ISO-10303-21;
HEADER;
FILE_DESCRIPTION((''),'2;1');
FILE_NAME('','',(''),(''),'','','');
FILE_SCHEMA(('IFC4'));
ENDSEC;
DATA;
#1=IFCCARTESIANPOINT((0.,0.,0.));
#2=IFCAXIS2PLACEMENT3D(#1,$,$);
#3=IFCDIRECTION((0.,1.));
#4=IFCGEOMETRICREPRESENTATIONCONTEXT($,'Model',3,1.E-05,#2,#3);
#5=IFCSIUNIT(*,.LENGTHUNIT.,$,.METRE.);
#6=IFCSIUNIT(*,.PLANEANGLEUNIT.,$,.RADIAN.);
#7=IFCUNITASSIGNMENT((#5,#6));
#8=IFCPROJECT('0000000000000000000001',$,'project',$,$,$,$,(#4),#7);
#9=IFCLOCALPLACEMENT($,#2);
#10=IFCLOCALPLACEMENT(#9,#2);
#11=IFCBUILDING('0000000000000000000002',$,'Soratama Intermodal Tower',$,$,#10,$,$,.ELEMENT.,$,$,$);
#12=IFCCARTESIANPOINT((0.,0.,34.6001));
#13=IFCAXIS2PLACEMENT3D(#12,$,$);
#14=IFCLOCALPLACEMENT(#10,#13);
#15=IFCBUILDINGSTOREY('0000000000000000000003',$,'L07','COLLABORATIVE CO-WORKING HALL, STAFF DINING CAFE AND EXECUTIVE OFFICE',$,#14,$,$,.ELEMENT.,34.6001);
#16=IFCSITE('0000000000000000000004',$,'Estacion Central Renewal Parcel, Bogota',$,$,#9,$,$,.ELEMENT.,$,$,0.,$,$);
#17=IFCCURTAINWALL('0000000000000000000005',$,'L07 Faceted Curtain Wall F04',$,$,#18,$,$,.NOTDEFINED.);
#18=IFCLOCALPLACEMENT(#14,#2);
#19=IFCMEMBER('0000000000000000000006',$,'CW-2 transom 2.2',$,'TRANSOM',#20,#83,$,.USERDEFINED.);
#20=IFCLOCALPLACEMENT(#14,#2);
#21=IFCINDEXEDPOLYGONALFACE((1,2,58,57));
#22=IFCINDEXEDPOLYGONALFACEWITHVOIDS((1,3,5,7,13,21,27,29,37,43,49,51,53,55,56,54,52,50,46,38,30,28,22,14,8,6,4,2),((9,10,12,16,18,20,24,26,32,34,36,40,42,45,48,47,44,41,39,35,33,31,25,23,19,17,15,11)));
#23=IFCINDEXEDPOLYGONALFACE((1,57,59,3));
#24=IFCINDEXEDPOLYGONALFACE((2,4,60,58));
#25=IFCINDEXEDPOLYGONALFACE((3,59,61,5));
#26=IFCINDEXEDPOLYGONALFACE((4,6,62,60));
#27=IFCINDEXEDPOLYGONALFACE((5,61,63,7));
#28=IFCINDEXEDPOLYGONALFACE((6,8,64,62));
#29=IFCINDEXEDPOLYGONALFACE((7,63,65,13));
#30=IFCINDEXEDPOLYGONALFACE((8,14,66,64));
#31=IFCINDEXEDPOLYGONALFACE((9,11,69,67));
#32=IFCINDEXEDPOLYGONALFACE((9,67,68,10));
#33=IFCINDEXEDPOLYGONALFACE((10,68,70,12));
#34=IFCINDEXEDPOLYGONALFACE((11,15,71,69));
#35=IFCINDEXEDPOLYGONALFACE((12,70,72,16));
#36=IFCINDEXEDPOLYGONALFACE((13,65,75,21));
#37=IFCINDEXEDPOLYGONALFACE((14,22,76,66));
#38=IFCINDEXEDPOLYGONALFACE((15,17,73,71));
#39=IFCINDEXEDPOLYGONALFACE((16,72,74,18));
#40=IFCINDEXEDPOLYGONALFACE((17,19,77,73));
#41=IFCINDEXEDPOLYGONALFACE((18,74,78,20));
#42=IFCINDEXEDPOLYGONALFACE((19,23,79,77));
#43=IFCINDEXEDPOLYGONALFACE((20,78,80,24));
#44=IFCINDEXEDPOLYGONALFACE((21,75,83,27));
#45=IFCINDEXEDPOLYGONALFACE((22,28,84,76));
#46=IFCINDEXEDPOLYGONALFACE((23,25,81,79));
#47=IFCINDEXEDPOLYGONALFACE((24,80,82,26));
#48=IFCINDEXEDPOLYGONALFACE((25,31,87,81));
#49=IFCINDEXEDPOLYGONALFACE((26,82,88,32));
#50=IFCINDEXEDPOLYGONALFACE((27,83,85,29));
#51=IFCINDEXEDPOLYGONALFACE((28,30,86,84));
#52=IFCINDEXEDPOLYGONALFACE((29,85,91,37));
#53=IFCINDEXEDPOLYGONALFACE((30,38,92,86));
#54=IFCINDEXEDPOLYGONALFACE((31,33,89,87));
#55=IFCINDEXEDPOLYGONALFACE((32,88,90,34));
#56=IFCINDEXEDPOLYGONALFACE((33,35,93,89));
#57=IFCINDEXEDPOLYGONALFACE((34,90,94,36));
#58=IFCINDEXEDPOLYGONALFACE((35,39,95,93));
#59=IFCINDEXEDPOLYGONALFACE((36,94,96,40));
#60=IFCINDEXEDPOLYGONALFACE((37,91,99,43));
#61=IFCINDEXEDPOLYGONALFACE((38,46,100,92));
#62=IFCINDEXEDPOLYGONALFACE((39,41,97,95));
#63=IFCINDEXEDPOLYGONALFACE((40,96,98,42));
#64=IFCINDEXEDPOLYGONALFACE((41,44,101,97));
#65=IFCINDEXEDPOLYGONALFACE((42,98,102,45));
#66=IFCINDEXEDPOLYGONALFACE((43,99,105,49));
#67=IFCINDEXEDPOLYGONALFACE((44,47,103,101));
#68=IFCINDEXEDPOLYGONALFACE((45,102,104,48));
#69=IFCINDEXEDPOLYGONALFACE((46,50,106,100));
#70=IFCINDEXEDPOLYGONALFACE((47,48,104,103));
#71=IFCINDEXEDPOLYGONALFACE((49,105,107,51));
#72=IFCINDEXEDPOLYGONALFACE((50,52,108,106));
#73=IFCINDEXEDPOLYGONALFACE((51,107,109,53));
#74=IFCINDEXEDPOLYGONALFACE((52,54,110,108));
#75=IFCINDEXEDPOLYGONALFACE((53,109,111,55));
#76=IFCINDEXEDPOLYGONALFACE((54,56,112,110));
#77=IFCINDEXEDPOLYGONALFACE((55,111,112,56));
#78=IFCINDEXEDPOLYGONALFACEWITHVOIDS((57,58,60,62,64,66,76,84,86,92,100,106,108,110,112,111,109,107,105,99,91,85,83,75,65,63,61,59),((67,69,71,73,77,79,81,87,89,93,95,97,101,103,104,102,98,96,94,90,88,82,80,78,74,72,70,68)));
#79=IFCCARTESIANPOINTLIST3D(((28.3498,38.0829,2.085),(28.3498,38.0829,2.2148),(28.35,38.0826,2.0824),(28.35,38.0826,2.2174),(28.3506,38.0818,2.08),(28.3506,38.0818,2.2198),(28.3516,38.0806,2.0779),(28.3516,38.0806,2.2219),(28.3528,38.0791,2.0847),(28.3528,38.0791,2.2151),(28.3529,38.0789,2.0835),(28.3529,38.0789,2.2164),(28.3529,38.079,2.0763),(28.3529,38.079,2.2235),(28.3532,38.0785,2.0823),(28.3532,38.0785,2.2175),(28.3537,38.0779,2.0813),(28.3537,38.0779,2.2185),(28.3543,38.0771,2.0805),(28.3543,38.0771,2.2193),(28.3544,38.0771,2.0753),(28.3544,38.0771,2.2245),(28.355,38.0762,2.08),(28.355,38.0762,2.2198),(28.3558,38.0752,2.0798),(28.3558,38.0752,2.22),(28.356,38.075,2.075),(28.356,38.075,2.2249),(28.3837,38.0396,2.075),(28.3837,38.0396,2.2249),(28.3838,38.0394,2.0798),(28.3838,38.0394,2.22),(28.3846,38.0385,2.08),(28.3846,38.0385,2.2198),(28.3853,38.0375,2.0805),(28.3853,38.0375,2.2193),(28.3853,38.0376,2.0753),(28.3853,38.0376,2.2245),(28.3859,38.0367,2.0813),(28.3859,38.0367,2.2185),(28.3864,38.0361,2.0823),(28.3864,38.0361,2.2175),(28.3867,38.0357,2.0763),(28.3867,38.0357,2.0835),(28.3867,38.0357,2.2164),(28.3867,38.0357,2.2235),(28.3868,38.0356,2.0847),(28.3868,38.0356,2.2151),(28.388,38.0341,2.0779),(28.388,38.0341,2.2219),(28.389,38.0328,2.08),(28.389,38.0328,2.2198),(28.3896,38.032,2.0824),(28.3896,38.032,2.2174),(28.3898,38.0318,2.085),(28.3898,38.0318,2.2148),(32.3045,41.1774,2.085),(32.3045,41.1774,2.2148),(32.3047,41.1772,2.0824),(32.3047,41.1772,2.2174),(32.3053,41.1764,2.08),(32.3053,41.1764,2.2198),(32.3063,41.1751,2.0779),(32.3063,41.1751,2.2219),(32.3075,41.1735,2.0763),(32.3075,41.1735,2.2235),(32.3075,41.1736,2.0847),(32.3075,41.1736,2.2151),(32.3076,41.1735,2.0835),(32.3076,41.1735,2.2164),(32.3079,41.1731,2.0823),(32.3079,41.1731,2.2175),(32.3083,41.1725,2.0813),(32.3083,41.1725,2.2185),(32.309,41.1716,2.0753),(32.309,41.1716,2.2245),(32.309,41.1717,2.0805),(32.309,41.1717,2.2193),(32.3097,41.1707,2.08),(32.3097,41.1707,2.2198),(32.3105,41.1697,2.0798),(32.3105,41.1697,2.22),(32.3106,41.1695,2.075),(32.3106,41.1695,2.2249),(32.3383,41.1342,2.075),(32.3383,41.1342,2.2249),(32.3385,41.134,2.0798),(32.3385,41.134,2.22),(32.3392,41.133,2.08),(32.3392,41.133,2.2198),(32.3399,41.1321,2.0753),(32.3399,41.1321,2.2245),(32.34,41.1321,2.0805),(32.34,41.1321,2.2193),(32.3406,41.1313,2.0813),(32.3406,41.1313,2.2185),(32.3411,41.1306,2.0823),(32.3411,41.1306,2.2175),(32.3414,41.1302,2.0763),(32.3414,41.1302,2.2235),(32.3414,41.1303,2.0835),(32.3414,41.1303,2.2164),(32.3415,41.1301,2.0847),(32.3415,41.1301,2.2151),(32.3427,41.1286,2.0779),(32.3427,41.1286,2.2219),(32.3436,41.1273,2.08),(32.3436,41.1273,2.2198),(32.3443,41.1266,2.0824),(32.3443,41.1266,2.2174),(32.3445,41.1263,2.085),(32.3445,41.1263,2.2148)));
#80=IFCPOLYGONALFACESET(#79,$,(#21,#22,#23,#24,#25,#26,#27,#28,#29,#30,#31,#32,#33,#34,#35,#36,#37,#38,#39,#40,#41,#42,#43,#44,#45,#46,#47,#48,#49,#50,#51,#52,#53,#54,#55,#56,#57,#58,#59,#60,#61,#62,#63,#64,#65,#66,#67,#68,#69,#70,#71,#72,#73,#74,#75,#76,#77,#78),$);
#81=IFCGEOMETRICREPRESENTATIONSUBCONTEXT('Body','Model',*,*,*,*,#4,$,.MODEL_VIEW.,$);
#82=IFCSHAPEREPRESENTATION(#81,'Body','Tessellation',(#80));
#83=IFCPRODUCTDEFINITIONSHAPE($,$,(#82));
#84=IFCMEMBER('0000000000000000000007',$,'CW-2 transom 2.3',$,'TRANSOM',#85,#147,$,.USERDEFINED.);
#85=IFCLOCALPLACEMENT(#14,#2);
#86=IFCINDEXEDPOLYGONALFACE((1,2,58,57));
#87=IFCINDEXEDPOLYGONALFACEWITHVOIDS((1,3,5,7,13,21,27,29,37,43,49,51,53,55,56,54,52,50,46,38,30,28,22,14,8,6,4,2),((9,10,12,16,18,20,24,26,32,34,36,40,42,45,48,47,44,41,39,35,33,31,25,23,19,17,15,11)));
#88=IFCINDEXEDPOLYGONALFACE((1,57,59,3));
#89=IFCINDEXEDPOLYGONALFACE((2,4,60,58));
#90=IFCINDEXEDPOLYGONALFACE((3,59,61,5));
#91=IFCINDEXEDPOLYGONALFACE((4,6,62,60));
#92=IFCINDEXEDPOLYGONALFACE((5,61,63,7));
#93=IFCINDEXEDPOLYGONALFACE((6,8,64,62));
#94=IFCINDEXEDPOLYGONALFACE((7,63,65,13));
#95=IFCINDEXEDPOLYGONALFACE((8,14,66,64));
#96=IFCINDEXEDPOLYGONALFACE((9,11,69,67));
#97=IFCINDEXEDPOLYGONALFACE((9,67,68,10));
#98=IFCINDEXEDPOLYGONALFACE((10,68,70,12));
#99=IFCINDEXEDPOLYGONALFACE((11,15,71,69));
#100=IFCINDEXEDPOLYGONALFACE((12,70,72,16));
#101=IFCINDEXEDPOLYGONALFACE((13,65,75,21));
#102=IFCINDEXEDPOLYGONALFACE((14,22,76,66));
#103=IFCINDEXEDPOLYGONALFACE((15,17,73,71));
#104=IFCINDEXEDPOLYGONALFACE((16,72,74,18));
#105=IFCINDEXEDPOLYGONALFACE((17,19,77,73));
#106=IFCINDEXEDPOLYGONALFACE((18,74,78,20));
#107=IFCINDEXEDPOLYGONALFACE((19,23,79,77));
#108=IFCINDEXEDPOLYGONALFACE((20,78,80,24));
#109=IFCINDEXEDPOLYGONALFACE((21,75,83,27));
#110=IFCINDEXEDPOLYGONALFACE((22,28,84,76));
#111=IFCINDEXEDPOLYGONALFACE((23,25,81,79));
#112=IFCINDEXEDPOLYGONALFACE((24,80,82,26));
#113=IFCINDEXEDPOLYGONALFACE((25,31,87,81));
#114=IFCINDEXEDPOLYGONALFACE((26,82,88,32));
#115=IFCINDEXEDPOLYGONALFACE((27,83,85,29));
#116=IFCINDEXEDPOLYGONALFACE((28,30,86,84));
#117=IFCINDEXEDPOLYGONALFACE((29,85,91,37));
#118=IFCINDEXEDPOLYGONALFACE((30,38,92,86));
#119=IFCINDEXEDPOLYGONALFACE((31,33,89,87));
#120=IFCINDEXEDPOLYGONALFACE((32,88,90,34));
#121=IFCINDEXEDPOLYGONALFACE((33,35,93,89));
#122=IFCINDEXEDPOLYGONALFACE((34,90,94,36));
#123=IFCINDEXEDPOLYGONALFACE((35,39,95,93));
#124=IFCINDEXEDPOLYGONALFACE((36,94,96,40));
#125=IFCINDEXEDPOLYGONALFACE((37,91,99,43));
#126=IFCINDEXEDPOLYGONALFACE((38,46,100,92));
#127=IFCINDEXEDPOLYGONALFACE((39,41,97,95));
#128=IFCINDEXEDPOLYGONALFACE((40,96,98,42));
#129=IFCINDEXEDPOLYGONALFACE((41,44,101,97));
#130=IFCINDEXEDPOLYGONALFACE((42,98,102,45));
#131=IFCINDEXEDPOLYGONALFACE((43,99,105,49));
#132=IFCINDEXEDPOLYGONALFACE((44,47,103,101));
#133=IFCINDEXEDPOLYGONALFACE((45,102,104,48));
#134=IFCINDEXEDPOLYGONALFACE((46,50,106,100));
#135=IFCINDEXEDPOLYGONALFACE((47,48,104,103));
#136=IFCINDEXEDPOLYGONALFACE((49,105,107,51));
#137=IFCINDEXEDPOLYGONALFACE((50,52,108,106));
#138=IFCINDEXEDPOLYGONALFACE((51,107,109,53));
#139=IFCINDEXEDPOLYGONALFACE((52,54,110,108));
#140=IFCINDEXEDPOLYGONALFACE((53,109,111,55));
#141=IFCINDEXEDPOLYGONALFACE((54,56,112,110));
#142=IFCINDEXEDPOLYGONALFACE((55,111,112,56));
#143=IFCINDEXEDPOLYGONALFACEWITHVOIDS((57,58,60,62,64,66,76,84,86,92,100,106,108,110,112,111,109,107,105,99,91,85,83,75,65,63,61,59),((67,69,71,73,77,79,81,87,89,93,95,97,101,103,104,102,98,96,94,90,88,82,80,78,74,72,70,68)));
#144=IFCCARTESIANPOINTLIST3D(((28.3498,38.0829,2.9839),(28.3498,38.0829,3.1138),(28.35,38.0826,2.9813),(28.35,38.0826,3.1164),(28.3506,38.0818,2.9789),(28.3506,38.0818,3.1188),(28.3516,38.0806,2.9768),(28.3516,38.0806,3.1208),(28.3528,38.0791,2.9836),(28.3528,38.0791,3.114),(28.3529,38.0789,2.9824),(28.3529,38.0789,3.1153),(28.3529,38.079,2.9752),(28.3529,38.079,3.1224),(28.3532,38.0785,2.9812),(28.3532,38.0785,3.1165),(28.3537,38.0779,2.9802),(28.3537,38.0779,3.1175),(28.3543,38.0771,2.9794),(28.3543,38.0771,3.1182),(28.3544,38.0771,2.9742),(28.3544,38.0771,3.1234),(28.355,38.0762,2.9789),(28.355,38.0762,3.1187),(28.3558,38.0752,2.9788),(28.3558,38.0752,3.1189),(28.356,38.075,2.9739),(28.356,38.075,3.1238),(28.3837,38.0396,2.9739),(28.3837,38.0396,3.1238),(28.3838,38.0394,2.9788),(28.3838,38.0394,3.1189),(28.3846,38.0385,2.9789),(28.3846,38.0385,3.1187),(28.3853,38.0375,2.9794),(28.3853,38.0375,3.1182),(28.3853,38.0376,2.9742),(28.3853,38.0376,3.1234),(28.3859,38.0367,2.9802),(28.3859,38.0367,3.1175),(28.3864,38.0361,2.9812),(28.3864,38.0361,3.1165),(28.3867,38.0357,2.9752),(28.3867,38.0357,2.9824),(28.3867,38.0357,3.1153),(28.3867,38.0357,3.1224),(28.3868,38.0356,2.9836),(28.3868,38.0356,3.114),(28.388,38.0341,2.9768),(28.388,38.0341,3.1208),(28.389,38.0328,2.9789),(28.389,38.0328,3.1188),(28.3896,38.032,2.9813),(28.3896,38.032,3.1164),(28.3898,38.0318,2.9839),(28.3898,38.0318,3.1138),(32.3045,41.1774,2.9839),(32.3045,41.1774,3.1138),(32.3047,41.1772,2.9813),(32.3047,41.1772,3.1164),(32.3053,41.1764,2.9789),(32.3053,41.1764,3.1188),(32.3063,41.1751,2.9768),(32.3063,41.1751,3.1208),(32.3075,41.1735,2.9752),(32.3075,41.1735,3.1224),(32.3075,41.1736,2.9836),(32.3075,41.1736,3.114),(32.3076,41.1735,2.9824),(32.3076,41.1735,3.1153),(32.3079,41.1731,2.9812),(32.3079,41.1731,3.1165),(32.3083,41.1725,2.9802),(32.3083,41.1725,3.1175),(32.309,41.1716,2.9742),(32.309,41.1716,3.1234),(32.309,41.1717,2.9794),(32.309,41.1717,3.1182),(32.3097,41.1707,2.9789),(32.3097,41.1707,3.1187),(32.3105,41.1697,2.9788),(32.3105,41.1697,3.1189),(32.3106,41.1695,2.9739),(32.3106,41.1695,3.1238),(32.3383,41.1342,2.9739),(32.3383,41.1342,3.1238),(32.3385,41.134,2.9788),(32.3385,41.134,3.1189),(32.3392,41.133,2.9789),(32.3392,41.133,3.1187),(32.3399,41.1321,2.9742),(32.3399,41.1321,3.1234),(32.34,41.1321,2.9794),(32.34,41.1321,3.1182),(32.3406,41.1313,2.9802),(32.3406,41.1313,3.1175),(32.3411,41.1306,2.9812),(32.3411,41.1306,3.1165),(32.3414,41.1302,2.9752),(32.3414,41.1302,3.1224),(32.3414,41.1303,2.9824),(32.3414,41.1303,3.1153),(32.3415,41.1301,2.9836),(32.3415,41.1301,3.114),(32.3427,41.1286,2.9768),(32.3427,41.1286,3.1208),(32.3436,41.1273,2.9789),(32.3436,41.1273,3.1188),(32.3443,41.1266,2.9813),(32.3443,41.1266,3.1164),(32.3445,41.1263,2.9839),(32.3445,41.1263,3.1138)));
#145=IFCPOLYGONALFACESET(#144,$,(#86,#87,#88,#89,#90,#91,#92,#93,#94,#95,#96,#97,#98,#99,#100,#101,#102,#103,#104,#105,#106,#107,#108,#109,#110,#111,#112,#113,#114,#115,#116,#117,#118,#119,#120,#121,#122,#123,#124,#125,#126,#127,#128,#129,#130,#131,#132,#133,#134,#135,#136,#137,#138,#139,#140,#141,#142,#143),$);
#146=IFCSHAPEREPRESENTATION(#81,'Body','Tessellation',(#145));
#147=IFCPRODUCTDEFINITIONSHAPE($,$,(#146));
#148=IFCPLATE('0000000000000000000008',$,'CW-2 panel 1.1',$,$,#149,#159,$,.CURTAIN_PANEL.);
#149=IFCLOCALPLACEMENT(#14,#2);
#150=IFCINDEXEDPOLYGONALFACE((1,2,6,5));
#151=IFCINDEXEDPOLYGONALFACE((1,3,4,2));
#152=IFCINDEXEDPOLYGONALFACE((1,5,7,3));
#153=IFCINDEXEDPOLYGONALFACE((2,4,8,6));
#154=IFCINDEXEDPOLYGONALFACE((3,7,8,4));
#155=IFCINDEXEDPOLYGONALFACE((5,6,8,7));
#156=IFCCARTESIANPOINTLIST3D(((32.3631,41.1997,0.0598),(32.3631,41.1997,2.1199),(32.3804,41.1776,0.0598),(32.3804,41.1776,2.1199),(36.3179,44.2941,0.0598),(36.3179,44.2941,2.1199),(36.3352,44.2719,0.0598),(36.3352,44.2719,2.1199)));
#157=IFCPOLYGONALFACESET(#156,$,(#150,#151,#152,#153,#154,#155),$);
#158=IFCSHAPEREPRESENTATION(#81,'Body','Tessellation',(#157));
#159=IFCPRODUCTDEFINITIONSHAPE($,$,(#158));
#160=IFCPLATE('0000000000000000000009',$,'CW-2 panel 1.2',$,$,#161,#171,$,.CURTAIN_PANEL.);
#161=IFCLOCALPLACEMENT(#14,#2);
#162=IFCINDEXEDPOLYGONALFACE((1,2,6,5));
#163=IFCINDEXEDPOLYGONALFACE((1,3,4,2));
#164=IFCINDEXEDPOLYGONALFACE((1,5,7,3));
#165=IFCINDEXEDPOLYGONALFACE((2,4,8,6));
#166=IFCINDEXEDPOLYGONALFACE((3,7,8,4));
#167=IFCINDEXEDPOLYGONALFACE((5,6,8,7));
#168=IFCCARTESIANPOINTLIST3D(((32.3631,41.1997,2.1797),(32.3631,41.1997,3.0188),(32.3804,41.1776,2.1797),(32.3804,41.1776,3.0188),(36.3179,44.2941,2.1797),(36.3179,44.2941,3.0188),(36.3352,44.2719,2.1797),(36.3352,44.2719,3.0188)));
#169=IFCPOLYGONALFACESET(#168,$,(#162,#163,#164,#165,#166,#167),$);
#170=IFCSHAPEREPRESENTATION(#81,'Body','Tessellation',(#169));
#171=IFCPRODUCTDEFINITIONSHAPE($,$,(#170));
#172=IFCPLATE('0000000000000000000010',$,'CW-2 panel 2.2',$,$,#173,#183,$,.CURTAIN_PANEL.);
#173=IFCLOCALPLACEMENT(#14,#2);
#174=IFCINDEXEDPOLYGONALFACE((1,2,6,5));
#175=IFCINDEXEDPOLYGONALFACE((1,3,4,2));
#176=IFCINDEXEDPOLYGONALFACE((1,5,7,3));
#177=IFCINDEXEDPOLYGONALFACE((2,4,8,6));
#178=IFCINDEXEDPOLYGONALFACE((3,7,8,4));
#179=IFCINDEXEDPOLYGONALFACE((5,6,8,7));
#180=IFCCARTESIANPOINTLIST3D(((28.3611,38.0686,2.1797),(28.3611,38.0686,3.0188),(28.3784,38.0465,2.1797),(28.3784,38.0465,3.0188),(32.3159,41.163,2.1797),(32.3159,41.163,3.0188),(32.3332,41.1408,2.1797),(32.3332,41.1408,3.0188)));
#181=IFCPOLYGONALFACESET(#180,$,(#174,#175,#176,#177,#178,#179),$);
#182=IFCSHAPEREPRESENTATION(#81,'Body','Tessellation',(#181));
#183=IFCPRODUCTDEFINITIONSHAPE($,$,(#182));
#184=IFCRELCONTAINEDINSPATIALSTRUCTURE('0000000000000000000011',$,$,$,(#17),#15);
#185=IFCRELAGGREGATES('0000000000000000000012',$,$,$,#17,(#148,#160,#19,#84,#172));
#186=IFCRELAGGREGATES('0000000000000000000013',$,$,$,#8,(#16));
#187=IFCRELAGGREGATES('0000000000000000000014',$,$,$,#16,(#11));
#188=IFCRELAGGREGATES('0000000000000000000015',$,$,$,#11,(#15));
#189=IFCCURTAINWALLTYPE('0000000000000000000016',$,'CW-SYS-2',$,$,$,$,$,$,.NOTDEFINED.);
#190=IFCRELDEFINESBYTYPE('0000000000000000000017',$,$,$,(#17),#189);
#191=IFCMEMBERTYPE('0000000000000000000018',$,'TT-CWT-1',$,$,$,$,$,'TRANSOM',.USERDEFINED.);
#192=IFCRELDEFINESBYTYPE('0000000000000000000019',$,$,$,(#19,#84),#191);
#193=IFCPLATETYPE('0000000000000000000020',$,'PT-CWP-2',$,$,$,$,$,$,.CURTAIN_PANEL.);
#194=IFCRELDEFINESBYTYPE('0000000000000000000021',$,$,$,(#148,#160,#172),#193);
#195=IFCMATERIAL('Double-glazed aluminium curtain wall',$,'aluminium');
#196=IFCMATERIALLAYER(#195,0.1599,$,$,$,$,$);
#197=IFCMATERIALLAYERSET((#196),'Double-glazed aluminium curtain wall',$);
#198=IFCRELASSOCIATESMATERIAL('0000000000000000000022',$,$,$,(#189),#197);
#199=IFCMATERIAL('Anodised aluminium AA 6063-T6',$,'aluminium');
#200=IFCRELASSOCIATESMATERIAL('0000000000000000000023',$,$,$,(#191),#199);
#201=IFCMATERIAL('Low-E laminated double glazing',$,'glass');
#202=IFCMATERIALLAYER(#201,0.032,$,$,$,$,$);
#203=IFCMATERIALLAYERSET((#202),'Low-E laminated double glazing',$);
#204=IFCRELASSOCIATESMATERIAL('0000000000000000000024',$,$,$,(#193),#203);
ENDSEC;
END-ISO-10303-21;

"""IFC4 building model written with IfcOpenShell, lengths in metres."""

from ifc_helpers import new_model, si_unit, direction, frame, origin, origin_2d, place, context, subcontext, project, spatial, rectangle, hollow_rectangle, extrude, material, layer, layer_set, material_profile, profile_set, type_object, element, aggregate, save


model = new_model("IFC4")

# Units and contexts
model_context = context("Model", 3, precision=1e-05, world=origin(), true_north=direction((0.0, 1.0)))
body_context = subcontext(model_context, "Body", "Model", "MODEL_VIEW")
ifc_project = project(units=[si_unit("LENGTHUNIT", "METRE"), si_unit("PLANEANGLEUNIT", "RADIAN")], contexts=[model_context])

# Site, building, storey
site_placement = place(None, origin())
site = spatial("IfcSite", under=ifc_project, at=site_placement, Name="Estacion Central Renewal Parcel, Bogota", CompositionType="ELEMENT", RefElevation=0.0)
building_placement = place(site_placement, origin())
building = spatial("IfcBuilding", under=site, at=building_placement, Name="Soratama Intermodal Tower", CompositionType="ELEMENT")
storey_placement = place(building_placement, frame((0.0, 0.0, 34.6001)))
storey = spatial("IfcBuildingStorey", under=building, at=storey_placement, Name="L07", Description="COLLABORATIVE CO-WORKING HALL, STAFF DINING CAFE AND EXECUTIVE OFFICE", CompositionType="ELEMENT", Elevation=34.6001)

# Curtain wall, members, plates
ifc_material_1 = material(Name="Double-glazed aluminium curtain wall", Category="aluminium")
ifc_layer_1 = layer(ifc_material_1, 0.1599)
ifc_layer_set_1 = layer_set([ifc_layer_1], Name="Double-glazed aluminium curtain wall")
curtain_wall_type = type_object("IfcCurtainWallType", Name="CW-SYS-2", PredefinedType="NOTDEFINED", material=ifc_layer_set_1)
curtain_wall_placement = place(storey_placement, origin())
curtain_wall = element("IfcCurtainWall", 1, at=curtain_wall_placement, inside=storey, type_object=curtain_wall_type, Name="L07 Faceted Curtain Wall F04", PredefinedType="NOTDEFINED")
ifc_material_2 = material(Name="Anodised aluminium AA 6063-T6", Category="aluminium")
ifc_material_profile_1 = material_profile(ifc_material_2, hollow_rectangle(XDim=0.0649, YDim=0.1499, WallThickness=0.0049, InnerFilletRadius=0.0049, OuterFilletRadius=0.01, at=origin_2d()), Name="CWT150X65X5")
ifc_profile_set_1 = profile_set([ifc_material_profile_1], Name="Anodised aluminium AA 6063-T6")
member_type_1 = type_object("IfcMemberType", Name="TT-CWT-1", ElementType="TRANSOM", PredefinedType="USERDEFINED", material=ifc_profile_set_1)
member_1_placement = place(storey_placement, frame((32.3245, 41.1519, 2.1499), z_axis=(-0.787545, -0.616257, 0.0), x_axis=(0.616257, -0.787545, 0.0)))
member_1 = element("IfcMember", 2, at=member_1_placement, type_object=member_type_1, Name="CW-2 transom 2.2", ObjectType="TRANSOM", PredefinedType="USERDEFINED", context=body_context, shape_type="SweptSolid", body=[
    extrude(hollow_rectangle(XDim=0.0649, YDim=0.1499, WallThickness=0.0049, InnerFilletRadius=0.0049, OuterFilletRadius=0.01, at=origin_2d()), origin(), (0.0, 0.0, 1.0), 5.0215),
])
member_2_placement = place(storey_placement, frame((32.3245, 41.1519, 3.0488), z_axis=(-0.787545, -0.616257, 0.0), x_axis=(0.616257, -0.787545, 0.0)))
member_2 = element("IfcMember", 3, at=member_2_placement, type_object=member_type_1, Name="CW-2 transom 2.3", ObjectType="TRANSOM", PredefinedType="USERDEFINED", context=body_context, shape_type="SweptSolid", body=[
    extrude(hollow_rectangle(XDim=0.0649, YDim=0.1499, WallThickness=0.0049, InnerFilletRadius=0.0049, OuterFilletRadius=0.01, at=origin_2d()), origin(), (0.0, 0.0, 1.0), 5.0215),
])
ifc_material_3 = material(Name="Low-E laminated double glazing", Category="glass")
ifc_layer_2 = layer(ifc_material_3, 0.032)
ifc_layer_set_2 = layer_set([ifc_layer_2], Name="Low-E laminated double glazing")
plate_type = type_object("IfcPlateType", Name="PT-CWP-2", PredefinedType="CURTAIN_PANEL", material=ifc_layer_set_2)
plate_1_placement = place(storey_placement, frame((34.3491, 42.7358, 0.0598), z_axis=(0.0, 0.0, 1.0), x_axis=(-0.787576, -0.616218, 0.0)))
plate_1 = element("IfcPlate", 4, at=plate_1_placement, type_object=plate_type, Name="CW-2 panel 1.1", PredefinedType="CURTAIN_PANEL", context=body_context, shape_type="SweptSolid", body=[
    extrude(rectangle(XDim=5.0215, YDim=0.0281, at=origin_2d()), origin(), (0.0, 0.0, 1.0), 2.0601),
])
plate_2_placement = place(storey_placement, frame((34.3491, 42.7358, 2.1797), z_axis=(0.0, 0.0, 1.0), x_axis=(-0.787576, -0.616218, 0.0)))
plate_2 = element("IfcPlate", 5, at=plate_2_placement, type_object=plate_type, Name="CW-2 panel 1.2", PredefinedType="CURTAIN_PANEL", context=body_context, shape_type="SweptSolid", body=[
    extrude(rectangle(XDim=5.0215, YDim=0.0281, at=origin_2d()), origin(), (0.0, 0.0, 1.0), 0.8391),
])
plate_3_placement = place(storey_placement, frame((30.3472, 39.6047, 2.1797), z_axis=(0.0, 0.0, 1.0), x_axis=(-0.787576, -0.616218, 0.0)))
plate_3 = element("IfcPlate", 6, at=plate_3_placement, type_object=plate_type, Name="CW-2 panel 2.2", PredefinedType="CURTAIN_PANEL", context=body_context, shape_type="SweptSolid", body=[
    extrude(rectangle(XDim=5.0215, YDim=0.0281, at=origin_2d()), origin(), (0.0, 0.0, 1.0), 0.8391),
])
aggregate(curtain_wall, [plate_1, plate_2, member_1, member_2, plate_3])

save(model, "model.ifc")
